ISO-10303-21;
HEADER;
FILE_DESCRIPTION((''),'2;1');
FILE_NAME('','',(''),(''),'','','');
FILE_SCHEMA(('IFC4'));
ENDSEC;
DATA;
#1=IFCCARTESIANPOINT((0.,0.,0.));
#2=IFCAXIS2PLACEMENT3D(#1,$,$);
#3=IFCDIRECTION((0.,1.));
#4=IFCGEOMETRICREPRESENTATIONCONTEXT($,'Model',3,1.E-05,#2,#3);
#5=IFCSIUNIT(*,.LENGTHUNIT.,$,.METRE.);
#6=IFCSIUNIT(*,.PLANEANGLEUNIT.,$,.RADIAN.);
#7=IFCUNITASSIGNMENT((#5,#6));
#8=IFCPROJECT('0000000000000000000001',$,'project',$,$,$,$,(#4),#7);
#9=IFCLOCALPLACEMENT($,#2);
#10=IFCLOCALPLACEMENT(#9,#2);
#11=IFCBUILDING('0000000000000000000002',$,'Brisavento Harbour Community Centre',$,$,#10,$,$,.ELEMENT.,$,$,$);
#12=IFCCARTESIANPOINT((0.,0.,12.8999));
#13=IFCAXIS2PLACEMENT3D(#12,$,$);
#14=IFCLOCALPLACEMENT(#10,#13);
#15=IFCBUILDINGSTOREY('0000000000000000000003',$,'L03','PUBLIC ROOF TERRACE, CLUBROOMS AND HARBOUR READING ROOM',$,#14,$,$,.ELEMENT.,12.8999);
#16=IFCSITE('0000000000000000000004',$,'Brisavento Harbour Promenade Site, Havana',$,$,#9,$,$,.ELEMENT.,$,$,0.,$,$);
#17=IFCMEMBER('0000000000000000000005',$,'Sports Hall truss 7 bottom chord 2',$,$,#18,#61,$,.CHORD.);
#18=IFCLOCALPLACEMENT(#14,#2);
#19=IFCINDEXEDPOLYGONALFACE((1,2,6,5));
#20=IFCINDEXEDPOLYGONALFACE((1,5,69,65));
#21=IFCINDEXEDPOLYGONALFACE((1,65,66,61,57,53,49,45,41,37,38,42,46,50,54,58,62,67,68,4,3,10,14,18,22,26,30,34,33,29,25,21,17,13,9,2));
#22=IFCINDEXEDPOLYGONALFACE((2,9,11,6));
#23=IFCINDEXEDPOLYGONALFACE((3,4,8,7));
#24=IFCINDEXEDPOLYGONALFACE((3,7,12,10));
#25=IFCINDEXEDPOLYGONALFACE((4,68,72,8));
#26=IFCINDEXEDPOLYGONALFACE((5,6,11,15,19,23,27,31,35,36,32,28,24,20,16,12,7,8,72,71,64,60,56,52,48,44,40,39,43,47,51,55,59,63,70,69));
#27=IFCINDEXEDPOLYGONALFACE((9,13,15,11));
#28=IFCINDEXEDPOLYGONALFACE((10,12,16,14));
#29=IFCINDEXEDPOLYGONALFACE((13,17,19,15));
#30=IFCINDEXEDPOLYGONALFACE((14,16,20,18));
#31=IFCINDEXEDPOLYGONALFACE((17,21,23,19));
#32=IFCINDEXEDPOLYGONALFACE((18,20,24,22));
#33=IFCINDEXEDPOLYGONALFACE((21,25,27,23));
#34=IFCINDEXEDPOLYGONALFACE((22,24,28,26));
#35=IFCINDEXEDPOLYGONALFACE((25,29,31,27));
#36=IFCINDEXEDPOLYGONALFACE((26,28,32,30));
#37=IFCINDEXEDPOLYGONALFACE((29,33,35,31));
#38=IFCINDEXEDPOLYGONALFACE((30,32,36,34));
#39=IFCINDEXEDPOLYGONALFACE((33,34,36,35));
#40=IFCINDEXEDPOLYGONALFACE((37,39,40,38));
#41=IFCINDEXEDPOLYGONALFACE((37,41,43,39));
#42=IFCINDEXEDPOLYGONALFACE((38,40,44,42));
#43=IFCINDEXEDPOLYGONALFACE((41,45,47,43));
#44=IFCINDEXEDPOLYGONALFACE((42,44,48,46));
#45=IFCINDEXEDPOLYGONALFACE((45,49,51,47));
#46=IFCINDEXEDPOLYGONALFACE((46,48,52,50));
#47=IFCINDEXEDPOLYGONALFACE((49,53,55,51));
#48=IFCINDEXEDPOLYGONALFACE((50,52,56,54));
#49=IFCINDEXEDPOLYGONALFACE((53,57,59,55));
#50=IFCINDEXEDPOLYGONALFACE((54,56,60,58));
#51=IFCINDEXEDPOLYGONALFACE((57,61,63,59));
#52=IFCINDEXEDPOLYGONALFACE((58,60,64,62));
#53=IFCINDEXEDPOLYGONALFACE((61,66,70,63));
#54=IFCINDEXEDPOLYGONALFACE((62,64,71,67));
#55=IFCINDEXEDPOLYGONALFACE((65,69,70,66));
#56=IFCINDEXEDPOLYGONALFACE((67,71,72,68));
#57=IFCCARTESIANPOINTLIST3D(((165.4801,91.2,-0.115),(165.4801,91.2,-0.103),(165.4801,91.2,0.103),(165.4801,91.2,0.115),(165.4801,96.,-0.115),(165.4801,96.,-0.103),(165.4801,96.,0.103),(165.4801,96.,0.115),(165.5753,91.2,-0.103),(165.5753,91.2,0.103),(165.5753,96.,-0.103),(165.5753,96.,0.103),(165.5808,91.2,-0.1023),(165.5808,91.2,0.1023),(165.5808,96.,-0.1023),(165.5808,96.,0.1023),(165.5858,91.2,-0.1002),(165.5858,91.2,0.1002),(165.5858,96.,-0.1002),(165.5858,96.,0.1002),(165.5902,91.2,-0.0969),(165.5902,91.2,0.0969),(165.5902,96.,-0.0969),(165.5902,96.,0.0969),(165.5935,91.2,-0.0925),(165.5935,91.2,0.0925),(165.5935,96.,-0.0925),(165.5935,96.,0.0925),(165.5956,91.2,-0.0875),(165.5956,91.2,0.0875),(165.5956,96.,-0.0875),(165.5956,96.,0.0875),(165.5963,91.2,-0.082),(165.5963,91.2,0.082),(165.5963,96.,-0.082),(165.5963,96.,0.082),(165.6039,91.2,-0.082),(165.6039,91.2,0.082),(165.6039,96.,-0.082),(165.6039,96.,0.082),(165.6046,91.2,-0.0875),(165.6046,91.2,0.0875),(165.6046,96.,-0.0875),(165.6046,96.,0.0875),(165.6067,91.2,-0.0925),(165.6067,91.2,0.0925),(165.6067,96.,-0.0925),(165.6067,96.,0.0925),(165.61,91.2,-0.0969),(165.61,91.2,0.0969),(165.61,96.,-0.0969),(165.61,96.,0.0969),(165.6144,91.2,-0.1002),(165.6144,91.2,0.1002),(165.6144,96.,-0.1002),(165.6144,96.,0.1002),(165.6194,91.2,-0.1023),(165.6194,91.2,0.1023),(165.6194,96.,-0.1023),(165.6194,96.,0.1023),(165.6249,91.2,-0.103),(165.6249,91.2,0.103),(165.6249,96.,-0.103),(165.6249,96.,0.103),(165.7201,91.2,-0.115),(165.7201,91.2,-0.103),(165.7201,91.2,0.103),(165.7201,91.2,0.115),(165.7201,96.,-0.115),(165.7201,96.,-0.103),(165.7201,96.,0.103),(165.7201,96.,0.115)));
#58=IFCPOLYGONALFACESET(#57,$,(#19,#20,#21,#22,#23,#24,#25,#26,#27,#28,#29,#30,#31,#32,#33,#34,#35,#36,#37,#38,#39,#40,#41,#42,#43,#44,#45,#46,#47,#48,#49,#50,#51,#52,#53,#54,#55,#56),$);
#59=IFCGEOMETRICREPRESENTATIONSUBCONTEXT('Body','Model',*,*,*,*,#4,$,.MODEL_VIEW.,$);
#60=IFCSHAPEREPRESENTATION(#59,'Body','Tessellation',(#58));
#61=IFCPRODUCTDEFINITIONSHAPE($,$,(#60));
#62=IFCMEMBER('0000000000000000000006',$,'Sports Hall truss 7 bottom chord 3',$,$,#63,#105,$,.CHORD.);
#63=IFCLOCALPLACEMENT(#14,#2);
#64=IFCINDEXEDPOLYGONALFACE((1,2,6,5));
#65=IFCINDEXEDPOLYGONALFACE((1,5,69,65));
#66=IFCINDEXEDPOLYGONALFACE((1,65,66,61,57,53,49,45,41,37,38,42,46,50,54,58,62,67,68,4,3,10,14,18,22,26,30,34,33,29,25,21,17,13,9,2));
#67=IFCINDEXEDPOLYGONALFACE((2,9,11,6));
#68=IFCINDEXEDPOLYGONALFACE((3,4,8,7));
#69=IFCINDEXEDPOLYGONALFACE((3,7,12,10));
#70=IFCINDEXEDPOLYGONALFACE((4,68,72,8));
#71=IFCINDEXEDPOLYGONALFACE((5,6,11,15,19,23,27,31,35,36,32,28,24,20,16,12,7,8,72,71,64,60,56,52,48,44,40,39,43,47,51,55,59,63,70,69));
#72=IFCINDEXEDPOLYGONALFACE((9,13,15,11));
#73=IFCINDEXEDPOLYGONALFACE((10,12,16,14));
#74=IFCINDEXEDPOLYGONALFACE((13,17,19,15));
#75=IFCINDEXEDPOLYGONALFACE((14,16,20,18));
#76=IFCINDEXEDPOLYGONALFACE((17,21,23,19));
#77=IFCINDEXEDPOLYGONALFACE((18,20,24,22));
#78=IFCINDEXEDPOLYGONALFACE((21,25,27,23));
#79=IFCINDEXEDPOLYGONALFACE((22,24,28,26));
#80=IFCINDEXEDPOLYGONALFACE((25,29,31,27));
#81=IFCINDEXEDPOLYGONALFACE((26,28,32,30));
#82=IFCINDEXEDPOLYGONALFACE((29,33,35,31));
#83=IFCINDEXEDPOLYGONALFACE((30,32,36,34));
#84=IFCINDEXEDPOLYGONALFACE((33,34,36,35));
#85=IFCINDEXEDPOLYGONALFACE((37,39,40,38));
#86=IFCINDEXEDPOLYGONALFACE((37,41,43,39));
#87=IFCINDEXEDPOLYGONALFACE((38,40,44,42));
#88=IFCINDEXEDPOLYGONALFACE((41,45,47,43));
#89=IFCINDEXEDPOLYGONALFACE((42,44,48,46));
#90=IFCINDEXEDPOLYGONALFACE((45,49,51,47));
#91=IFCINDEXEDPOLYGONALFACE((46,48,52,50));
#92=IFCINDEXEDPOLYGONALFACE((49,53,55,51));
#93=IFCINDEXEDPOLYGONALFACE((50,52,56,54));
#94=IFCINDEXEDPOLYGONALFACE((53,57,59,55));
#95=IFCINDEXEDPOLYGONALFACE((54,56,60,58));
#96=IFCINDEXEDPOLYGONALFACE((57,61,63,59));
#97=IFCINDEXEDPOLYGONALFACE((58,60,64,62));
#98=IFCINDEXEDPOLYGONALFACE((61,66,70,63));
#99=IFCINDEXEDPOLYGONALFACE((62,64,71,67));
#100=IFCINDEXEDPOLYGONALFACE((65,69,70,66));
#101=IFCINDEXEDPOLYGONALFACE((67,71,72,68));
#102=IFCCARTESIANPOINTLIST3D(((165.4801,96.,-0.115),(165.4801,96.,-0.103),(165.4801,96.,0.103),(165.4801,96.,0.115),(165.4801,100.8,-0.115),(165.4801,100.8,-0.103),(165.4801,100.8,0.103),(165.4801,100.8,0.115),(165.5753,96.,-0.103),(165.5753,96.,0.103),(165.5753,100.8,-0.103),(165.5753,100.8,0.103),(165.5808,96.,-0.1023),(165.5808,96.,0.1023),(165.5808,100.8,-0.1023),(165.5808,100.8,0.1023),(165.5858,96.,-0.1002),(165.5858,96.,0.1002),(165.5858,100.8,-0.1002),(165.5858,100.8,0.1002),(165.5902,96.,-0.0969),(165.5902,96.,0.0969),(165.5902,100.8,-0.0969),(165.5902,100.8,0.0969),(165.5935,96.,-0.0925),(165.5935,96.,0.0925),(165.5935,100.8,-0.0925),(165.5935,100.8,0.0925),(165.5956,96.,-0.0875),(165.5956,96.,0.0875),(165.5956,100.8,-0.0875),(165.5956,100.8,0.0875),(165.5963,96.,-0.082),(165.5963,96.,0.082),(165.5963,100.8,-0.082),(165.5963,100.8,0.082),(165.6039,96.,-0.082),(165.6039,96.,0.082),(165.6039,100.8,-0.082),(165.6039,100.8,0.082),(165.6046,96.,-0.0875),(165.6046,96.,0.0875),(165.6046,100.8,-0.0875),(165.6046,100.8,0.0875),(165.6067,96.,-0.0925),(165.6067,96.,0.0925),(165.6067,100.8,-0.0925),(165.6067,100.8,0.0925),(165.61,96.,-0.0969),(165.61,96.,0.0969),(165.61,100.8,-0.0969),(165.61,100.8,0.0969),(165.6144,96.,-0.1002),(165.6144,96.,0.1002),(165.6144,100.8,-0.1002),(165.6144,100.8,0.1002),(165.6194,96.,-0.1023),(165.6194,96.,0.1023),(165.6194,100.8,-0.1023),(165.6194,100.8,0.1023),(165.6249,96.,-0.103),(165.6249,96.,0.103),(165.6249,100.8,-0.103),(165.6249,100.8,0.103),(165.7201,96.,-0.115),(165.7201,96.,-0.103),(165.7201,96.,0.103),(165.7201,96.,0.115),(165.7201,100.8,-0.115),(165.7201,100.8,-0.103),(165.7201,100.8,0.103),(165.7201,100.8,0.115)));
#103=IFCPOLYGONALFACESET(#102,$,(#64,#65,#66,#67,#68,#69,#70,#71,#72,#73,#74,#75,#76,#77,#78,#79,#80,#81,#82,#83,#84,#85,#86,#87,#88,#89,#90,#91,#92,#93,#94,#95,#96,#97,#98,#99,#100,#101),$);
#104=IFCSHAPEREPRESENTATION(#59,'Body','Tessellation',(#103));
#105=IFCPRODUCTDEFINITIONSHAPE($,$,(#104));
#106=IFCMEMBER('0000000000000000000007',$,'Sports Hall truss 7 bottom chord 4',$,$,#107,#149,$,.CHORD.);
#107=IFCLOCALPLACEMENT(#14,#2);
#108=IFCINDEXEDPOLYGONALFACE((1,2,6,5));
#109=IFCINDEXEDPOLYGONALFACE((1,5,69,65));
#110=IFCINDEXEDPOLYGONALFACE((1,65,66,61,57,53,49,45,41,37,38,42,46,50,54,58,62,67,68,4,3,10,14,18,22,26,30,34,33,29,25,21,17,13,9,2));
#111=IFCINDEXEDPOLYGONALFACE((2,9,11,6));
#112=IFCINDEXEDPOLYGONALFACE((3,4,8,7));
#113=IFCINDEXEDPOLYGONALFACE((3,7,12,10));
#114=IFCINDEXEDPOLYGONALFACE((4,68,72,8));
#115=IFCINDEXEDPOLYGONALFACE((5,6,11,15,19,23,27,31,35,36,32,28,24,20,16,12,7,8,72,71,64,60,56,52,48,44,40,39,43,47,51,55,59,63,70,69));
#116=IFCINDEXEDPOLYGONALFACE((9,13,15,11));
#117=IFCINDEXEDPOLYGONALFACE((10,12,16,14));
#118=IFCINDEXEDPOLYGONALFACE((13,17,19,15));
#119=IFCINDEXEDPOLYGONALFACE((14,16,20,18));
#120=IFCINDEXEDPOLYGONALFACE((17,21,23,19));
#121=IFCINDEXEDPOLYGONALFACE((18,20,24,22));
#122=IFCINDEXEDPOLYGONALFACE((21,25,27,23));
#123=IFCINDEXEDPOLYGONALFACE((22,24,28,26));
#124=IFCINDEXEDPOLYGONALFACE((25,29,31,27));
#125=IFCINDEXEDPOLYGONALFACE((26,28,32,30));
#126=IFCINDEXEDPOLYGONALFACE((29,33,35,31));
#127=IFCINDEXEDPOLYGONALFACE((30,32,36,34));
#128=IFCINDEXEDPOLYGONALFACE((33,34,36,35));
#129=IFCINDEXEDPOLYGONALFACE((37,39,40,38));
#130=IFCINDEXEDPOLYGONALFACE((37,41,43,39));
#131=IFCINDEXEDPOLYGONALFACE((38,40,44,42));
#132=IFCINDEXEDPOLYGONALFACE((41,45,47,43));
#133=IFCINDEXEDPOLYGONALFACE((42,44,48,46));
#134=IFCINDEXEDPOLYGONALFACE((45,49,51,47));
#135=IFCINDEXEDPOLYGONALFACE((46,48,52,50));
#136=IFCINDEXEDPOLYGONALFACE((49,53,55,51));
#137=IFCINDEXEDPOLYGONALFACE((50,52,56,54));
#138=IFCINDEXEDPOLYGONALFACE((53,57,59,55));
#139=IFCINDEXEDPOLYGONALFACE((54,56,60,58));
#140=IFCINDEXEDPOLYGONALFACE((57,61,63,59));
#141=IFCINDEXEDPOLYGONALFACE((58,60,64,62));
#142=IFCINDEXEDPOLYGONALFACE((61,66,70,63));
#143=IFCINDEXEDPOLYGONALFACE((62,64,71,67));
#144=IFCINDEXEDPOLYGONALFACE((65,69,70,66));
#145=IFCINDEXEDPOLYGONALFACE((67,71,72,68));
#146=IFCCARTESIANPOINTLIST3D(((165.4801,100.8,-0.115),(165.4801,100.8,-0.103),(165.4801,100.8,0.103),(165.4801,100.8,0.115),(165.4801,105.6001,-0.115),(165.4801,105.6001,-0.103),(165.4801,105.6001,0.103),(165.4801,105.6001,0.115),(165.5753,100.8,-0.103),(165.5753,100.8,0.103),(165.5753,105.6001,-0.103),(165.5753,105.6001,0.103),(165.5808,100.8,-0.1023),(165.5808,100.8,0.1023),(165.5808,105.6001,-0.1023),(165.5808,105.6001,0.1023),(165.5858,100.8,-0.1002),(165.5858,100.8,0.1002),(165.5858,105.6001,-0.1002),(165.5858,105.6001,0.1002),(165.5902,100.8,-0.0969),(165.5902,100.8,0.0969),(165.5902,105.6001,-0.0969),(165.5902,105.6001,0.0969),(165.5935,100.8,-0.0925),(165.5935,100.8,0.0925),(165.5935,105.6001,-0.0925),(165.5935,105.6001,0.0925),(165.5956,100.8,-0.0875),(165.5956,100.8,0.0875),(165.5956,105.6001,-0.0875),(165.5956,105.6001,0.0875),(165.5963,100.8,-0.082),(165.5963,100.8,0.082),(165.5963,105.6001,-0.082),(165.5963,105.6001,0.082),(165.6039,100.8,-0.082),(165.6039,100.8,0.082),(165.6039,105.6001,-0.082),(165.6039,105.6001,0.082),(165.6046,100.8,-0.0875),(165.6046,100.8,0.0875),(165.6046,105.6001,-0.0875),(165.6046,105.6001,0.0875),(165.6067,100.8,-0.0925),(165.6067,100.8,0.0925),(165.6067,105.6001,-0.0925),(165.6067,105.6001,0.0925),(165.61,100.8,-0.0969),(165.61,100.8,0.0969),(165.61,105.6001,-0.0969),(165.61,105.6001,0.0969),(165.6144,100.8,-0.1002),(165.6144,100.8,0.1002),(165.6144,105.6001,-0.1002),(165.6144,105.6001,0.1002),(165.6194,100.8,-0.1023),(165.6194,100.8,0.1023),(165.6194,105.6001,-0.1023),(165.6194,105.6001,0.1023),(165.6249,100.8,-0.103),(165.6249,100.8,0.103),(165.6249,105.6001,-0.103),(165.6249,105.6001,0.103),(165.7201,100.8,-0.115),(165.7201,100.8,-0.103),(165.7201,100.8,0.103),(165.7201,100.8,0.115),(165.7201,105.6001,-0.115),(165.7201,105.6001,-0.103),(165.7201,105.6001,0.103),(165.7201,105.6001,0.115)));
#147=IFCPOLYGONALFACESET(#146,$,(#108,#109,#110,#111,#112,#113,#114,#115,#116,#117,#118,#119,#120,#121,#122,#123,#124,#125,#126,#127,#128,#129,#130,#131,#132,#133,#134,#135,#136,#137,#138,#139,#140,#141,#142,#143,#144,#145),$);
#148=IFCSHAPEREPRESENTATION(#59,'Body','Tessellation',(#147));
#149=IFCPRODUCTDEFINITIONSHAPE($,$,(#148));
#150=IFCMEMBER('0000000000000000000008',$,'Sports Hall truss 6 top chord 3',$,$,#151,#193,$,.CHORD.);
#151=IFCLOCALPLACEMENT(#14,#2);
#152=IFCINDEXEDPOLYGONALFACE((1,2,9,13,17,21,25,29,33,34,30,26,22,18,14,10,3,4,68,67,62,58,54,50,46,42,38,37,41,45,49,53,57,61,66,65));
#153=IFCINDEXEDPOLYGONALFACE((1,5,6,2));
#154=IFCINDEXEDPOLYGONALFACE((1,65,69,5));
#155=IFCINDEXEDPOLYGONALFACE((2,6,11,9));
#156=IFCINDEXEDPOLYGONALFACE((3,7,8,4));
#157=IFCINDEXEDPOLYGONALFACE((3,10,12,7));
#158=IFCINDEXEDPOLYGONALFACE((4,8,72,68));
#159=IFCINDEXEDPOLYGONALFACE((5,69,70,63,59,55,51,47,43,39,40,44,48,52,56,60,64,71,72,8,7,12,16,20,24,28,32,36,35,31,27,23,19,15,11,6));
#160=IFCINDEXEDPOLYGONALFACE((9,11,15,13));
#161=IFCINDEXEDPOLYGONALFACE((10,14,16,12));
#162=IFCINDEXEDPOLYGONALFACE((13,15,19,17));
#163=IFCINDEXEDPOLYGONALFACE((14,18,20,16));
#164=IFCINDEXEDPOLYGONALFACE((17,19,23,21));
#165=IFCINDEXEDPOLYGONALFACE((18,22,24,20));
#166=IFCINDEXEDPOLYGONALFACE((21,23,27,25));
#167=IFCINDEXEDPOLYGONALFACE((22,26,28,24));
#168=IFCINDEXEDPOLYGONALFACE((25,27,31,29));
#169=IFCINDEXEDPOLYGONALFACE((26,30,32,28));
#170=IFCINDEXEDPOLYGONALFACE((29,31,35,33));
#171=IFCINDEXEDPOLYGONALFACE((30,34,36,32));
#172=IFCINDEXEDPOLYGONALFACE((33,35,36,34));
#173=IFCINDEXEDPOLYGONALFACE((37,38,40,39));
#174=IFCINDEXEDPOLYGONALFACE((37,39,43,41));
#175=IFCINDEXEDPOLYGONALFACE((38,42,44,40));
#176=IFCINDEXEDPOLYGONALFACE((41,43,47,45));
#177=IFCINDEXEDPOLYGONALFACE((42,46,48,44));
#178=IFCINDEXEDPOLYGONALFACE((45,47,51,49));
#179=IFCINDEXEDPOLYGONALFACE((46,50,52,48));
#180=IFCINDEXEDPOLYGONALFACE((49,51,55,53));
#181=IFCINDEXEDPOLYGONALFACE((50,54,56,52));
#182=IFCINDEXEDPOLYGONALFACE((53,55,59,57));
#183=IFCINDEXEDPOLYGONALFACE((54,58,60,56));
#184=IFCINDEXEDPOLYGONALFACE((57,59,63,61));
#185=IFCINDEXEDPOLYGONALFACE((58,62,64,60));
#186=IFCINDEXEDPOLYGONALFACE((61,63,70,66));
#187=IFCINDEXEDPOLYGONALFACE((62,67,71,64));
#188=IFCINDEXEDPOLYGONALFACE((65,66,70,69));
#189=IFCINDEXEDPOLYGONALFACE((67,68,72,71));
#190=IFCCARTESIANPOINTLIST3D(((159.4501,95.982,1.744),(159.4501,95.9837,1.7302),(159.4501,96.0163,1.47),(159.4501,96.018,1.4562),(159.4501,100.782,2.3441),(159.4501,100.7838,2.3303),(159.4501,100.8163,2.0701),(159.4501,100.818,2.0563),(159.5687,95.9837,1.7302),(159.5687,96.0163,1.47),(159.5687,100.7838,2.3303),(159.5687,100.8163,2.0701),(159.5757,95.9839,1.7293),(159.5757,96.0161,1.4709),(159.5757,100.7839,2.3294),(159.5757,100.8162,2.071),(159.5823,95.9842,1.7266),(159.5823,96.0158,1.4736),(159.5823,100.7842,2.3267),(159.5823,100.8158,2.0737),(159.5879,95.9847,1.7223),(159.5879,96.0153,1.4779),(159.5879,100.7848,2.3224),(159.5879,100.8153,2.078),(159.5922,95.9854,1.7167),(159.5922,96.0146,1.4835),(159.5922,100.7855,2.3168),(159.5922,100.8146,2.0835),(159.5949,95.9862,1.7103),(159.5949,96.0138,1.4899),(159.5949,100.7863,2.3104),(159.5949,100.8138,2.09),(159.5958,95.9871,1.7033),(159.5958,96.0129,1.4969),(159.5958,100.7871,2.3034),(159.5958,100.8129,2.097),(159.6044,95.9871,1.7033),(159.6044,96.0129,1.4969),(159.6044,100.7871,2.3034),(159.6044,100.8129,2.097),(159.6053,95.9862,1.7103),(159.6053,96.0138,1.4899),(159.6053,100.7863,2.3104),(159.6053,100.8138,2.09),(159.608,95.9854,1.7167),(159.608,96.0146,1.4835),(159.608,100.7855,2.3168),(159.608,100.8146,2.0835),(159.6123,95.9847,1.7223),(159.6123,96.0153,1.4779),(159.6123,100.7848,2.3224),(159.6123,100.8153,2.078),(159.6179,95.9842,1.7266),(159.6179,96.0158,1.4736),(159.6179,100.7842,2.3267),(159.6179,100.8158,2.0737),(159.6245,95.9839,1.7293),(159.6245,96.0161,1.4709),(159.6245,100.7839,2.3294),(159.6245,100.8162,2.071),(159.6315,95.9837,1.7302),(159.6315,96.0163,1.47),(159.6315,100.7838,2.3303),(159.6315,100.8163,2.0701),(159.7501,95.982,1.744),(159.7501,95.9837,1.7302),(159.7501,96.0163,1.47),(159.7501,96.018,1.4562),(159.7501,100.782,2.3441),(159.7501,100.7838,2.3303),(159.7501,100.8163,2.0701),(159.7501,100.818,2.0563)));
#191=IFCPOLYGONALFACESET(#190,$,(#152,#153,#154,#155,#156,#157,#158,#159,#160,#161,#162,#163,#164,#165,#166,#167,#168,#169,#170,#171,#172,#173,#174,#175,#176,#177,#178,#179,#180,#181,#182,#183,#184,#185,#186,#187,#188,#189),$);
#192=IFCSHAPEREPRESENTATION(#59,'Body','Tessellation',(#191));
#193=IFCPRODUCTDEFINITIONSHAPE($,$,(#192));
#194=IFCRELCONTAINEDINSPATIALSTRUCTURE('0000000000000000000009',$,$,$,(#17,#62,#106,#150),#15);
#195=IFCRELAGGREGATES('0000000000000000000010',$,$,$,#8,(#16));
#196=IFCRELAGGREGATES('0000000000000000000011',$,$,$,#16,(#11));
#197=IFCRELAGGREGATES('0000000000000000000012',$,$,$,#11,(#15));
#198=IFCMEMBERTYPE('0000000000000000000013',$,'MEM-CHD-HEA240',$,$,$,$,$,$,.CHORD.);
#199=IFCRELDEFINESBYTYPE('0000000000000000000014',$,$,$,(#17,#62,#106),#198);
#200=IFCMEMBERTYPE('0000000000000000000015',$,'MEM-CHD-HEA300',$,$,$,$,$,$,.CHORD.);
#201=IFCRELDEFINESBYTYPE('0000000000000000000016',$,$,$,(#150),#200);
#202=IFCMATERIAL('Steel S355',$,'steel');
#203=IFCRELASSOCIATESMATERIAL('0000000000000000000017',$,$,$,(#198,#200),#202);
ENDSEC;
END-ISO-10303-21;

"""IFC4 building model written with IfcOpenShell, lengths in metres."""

from ifc_helpers import new_model, si_unit, direction, frame, origin, origin_2d, place, context, subcontext, project, spatial, i_section, extrude, material, material_profile, profile_set, type_object, element, save


model = new_model("IFC4")

# Units and contexts
model_context = context("Model", 3, precision=1e-05, world=origin(), true_north=direction((0.0, 1.0)))
body_context = subcontext(model_context, "Body", "Model", "MODEL_VIEW")
ifc_project = project(units=[si_unit("LENGTHUNIT", "METRE"), si_unit("PLANEANGLEUNIT", "RADIAN")], contexts=[model_context])

# Site, building, storey
site_placement = place(None, origin())
site = spatial("IfcSite", under=ifc_project, at=site_placement, Name="Brisavento Harbour Promenade Site, Havana", CompositionType="ELEMENT", RefElevation=0.0)
building_placement = place(site_placement, origin())
building = spatial("IfcBuilding", under=site, at=building_placement, Name="Brisavento Harbour Community Centre", CompositionType="ELEMENT")
storey_placement = place(building_placement, frame((0.0, 0.0, 12.8999)))
storey = spatial("IfcBuildingStorey", under=building, at=storey_placement, Name="L03", Description="PUBLIC ROOF TERRACE, CLUBROOMS AND HARBOUR READING ROOM", CompositionType="ELEMENT", Elevation=12.8999)

# Members
ifc_material_1 = material(Name="Steel S355", Category="steel")
ifc_material_profile_1 = material_profile(ifc_material_1, i_section(OverallWidth=0.24, OverallDepth=0.23, WebThickness=0.0076, FlangeThickness=0.012, FilletRadius=0.021, at=origin_2d()), Name="Steel S355")
ifc_profile_set_1 = profile_set([ifc_material_profile_1], Name="Steel S355")
member_type_1 = type_object("IfcMemberType", Name="MEM-CHD-HEA240", PredefinedType="CHORD", material=ifc_profile_set_1)
for number, where, z_axis, x_axis, name in (
    (1, (165.6001, 91.2, 0.0), (0.0, 1.0, 0.0), (-1.0, 0.0, 0.0), "Sports Hall truss 7 bottom chord 2"),
    (2, (165.6001, 96.0, 0.0), (0.0, 1.0, 0.0), (-1.0, 0.0, 0.0), "Sports Hall truss 7 bottom chord 3"),
    (3, (165.6001, 100.8, 0.0), (0.0, 1.0, 0.0), (-1.0, 0.0, 0.0), "Sports Hall truss 7 bottom chord 4"),
):
    element("IfcMember", number, at=place(storey_placement, frame(where, z_axis=z_axis, x_axis=x_axis)), inside=storey, type_object=member_type_1, Name=name, PredefinedType="CHORD", context=body_context, shape_type="SweptSolid", body=[
        extrude(i_section(OverallWidth=0.24, OverallDepth=0.23, WebThickness=0.0076, FlangeThickness=0.012, FilletRadius=0.021, at=origin_2d()), origin(), (0.0, 0.0, 1.0), 4.8),
    ])
ifc_material_profile_2 = material_profile(ifc_material_1, i_section(OverallWidth=0.3, OverallDepth=0.29, WebThickness=0.0085, FlangeThickness=0.0139, FilletRadius=0.0271, at=origin_2d()), Name="Steel S355")
ifc_profile_set_2 = profile_set([ifc_material_profile_2], Name="Steel S355")
member_type_2 = type_object("IfcMemberType", Name="MEM-CHD-HEA300", PredefinedType="CHORD", material=ifc_profile_set_2)
for number, where, z_axis, x_axis, name in (
    (4, (159.6001, 96.0, 1.6001), (0.0, 0.992276, 0.124053), (-1.0, 0.0, 0.0), "Sports Hall truss 6 top chord 3"),
):
    element("IfcMember", number, at=place(storey_placement, frame(where, z_axis=z_axis, x_axis=x_axis)), inside=storey, type_object=member_type_2, Name=name, PredefinedType="CHORD", context=body_context, shape_type="SweptSolid", body=[
        extrude(i_section(OverallWidth=0.3, OverallDepth=0.29, WebThickness=0.0085, FlangeThickness=0.0139, FilletRadius=0.0271, at=origin_2d()), origin(), (0.0, 0.0, 1.0), 4.8374),
    ])

save(model, "model.ifc")
